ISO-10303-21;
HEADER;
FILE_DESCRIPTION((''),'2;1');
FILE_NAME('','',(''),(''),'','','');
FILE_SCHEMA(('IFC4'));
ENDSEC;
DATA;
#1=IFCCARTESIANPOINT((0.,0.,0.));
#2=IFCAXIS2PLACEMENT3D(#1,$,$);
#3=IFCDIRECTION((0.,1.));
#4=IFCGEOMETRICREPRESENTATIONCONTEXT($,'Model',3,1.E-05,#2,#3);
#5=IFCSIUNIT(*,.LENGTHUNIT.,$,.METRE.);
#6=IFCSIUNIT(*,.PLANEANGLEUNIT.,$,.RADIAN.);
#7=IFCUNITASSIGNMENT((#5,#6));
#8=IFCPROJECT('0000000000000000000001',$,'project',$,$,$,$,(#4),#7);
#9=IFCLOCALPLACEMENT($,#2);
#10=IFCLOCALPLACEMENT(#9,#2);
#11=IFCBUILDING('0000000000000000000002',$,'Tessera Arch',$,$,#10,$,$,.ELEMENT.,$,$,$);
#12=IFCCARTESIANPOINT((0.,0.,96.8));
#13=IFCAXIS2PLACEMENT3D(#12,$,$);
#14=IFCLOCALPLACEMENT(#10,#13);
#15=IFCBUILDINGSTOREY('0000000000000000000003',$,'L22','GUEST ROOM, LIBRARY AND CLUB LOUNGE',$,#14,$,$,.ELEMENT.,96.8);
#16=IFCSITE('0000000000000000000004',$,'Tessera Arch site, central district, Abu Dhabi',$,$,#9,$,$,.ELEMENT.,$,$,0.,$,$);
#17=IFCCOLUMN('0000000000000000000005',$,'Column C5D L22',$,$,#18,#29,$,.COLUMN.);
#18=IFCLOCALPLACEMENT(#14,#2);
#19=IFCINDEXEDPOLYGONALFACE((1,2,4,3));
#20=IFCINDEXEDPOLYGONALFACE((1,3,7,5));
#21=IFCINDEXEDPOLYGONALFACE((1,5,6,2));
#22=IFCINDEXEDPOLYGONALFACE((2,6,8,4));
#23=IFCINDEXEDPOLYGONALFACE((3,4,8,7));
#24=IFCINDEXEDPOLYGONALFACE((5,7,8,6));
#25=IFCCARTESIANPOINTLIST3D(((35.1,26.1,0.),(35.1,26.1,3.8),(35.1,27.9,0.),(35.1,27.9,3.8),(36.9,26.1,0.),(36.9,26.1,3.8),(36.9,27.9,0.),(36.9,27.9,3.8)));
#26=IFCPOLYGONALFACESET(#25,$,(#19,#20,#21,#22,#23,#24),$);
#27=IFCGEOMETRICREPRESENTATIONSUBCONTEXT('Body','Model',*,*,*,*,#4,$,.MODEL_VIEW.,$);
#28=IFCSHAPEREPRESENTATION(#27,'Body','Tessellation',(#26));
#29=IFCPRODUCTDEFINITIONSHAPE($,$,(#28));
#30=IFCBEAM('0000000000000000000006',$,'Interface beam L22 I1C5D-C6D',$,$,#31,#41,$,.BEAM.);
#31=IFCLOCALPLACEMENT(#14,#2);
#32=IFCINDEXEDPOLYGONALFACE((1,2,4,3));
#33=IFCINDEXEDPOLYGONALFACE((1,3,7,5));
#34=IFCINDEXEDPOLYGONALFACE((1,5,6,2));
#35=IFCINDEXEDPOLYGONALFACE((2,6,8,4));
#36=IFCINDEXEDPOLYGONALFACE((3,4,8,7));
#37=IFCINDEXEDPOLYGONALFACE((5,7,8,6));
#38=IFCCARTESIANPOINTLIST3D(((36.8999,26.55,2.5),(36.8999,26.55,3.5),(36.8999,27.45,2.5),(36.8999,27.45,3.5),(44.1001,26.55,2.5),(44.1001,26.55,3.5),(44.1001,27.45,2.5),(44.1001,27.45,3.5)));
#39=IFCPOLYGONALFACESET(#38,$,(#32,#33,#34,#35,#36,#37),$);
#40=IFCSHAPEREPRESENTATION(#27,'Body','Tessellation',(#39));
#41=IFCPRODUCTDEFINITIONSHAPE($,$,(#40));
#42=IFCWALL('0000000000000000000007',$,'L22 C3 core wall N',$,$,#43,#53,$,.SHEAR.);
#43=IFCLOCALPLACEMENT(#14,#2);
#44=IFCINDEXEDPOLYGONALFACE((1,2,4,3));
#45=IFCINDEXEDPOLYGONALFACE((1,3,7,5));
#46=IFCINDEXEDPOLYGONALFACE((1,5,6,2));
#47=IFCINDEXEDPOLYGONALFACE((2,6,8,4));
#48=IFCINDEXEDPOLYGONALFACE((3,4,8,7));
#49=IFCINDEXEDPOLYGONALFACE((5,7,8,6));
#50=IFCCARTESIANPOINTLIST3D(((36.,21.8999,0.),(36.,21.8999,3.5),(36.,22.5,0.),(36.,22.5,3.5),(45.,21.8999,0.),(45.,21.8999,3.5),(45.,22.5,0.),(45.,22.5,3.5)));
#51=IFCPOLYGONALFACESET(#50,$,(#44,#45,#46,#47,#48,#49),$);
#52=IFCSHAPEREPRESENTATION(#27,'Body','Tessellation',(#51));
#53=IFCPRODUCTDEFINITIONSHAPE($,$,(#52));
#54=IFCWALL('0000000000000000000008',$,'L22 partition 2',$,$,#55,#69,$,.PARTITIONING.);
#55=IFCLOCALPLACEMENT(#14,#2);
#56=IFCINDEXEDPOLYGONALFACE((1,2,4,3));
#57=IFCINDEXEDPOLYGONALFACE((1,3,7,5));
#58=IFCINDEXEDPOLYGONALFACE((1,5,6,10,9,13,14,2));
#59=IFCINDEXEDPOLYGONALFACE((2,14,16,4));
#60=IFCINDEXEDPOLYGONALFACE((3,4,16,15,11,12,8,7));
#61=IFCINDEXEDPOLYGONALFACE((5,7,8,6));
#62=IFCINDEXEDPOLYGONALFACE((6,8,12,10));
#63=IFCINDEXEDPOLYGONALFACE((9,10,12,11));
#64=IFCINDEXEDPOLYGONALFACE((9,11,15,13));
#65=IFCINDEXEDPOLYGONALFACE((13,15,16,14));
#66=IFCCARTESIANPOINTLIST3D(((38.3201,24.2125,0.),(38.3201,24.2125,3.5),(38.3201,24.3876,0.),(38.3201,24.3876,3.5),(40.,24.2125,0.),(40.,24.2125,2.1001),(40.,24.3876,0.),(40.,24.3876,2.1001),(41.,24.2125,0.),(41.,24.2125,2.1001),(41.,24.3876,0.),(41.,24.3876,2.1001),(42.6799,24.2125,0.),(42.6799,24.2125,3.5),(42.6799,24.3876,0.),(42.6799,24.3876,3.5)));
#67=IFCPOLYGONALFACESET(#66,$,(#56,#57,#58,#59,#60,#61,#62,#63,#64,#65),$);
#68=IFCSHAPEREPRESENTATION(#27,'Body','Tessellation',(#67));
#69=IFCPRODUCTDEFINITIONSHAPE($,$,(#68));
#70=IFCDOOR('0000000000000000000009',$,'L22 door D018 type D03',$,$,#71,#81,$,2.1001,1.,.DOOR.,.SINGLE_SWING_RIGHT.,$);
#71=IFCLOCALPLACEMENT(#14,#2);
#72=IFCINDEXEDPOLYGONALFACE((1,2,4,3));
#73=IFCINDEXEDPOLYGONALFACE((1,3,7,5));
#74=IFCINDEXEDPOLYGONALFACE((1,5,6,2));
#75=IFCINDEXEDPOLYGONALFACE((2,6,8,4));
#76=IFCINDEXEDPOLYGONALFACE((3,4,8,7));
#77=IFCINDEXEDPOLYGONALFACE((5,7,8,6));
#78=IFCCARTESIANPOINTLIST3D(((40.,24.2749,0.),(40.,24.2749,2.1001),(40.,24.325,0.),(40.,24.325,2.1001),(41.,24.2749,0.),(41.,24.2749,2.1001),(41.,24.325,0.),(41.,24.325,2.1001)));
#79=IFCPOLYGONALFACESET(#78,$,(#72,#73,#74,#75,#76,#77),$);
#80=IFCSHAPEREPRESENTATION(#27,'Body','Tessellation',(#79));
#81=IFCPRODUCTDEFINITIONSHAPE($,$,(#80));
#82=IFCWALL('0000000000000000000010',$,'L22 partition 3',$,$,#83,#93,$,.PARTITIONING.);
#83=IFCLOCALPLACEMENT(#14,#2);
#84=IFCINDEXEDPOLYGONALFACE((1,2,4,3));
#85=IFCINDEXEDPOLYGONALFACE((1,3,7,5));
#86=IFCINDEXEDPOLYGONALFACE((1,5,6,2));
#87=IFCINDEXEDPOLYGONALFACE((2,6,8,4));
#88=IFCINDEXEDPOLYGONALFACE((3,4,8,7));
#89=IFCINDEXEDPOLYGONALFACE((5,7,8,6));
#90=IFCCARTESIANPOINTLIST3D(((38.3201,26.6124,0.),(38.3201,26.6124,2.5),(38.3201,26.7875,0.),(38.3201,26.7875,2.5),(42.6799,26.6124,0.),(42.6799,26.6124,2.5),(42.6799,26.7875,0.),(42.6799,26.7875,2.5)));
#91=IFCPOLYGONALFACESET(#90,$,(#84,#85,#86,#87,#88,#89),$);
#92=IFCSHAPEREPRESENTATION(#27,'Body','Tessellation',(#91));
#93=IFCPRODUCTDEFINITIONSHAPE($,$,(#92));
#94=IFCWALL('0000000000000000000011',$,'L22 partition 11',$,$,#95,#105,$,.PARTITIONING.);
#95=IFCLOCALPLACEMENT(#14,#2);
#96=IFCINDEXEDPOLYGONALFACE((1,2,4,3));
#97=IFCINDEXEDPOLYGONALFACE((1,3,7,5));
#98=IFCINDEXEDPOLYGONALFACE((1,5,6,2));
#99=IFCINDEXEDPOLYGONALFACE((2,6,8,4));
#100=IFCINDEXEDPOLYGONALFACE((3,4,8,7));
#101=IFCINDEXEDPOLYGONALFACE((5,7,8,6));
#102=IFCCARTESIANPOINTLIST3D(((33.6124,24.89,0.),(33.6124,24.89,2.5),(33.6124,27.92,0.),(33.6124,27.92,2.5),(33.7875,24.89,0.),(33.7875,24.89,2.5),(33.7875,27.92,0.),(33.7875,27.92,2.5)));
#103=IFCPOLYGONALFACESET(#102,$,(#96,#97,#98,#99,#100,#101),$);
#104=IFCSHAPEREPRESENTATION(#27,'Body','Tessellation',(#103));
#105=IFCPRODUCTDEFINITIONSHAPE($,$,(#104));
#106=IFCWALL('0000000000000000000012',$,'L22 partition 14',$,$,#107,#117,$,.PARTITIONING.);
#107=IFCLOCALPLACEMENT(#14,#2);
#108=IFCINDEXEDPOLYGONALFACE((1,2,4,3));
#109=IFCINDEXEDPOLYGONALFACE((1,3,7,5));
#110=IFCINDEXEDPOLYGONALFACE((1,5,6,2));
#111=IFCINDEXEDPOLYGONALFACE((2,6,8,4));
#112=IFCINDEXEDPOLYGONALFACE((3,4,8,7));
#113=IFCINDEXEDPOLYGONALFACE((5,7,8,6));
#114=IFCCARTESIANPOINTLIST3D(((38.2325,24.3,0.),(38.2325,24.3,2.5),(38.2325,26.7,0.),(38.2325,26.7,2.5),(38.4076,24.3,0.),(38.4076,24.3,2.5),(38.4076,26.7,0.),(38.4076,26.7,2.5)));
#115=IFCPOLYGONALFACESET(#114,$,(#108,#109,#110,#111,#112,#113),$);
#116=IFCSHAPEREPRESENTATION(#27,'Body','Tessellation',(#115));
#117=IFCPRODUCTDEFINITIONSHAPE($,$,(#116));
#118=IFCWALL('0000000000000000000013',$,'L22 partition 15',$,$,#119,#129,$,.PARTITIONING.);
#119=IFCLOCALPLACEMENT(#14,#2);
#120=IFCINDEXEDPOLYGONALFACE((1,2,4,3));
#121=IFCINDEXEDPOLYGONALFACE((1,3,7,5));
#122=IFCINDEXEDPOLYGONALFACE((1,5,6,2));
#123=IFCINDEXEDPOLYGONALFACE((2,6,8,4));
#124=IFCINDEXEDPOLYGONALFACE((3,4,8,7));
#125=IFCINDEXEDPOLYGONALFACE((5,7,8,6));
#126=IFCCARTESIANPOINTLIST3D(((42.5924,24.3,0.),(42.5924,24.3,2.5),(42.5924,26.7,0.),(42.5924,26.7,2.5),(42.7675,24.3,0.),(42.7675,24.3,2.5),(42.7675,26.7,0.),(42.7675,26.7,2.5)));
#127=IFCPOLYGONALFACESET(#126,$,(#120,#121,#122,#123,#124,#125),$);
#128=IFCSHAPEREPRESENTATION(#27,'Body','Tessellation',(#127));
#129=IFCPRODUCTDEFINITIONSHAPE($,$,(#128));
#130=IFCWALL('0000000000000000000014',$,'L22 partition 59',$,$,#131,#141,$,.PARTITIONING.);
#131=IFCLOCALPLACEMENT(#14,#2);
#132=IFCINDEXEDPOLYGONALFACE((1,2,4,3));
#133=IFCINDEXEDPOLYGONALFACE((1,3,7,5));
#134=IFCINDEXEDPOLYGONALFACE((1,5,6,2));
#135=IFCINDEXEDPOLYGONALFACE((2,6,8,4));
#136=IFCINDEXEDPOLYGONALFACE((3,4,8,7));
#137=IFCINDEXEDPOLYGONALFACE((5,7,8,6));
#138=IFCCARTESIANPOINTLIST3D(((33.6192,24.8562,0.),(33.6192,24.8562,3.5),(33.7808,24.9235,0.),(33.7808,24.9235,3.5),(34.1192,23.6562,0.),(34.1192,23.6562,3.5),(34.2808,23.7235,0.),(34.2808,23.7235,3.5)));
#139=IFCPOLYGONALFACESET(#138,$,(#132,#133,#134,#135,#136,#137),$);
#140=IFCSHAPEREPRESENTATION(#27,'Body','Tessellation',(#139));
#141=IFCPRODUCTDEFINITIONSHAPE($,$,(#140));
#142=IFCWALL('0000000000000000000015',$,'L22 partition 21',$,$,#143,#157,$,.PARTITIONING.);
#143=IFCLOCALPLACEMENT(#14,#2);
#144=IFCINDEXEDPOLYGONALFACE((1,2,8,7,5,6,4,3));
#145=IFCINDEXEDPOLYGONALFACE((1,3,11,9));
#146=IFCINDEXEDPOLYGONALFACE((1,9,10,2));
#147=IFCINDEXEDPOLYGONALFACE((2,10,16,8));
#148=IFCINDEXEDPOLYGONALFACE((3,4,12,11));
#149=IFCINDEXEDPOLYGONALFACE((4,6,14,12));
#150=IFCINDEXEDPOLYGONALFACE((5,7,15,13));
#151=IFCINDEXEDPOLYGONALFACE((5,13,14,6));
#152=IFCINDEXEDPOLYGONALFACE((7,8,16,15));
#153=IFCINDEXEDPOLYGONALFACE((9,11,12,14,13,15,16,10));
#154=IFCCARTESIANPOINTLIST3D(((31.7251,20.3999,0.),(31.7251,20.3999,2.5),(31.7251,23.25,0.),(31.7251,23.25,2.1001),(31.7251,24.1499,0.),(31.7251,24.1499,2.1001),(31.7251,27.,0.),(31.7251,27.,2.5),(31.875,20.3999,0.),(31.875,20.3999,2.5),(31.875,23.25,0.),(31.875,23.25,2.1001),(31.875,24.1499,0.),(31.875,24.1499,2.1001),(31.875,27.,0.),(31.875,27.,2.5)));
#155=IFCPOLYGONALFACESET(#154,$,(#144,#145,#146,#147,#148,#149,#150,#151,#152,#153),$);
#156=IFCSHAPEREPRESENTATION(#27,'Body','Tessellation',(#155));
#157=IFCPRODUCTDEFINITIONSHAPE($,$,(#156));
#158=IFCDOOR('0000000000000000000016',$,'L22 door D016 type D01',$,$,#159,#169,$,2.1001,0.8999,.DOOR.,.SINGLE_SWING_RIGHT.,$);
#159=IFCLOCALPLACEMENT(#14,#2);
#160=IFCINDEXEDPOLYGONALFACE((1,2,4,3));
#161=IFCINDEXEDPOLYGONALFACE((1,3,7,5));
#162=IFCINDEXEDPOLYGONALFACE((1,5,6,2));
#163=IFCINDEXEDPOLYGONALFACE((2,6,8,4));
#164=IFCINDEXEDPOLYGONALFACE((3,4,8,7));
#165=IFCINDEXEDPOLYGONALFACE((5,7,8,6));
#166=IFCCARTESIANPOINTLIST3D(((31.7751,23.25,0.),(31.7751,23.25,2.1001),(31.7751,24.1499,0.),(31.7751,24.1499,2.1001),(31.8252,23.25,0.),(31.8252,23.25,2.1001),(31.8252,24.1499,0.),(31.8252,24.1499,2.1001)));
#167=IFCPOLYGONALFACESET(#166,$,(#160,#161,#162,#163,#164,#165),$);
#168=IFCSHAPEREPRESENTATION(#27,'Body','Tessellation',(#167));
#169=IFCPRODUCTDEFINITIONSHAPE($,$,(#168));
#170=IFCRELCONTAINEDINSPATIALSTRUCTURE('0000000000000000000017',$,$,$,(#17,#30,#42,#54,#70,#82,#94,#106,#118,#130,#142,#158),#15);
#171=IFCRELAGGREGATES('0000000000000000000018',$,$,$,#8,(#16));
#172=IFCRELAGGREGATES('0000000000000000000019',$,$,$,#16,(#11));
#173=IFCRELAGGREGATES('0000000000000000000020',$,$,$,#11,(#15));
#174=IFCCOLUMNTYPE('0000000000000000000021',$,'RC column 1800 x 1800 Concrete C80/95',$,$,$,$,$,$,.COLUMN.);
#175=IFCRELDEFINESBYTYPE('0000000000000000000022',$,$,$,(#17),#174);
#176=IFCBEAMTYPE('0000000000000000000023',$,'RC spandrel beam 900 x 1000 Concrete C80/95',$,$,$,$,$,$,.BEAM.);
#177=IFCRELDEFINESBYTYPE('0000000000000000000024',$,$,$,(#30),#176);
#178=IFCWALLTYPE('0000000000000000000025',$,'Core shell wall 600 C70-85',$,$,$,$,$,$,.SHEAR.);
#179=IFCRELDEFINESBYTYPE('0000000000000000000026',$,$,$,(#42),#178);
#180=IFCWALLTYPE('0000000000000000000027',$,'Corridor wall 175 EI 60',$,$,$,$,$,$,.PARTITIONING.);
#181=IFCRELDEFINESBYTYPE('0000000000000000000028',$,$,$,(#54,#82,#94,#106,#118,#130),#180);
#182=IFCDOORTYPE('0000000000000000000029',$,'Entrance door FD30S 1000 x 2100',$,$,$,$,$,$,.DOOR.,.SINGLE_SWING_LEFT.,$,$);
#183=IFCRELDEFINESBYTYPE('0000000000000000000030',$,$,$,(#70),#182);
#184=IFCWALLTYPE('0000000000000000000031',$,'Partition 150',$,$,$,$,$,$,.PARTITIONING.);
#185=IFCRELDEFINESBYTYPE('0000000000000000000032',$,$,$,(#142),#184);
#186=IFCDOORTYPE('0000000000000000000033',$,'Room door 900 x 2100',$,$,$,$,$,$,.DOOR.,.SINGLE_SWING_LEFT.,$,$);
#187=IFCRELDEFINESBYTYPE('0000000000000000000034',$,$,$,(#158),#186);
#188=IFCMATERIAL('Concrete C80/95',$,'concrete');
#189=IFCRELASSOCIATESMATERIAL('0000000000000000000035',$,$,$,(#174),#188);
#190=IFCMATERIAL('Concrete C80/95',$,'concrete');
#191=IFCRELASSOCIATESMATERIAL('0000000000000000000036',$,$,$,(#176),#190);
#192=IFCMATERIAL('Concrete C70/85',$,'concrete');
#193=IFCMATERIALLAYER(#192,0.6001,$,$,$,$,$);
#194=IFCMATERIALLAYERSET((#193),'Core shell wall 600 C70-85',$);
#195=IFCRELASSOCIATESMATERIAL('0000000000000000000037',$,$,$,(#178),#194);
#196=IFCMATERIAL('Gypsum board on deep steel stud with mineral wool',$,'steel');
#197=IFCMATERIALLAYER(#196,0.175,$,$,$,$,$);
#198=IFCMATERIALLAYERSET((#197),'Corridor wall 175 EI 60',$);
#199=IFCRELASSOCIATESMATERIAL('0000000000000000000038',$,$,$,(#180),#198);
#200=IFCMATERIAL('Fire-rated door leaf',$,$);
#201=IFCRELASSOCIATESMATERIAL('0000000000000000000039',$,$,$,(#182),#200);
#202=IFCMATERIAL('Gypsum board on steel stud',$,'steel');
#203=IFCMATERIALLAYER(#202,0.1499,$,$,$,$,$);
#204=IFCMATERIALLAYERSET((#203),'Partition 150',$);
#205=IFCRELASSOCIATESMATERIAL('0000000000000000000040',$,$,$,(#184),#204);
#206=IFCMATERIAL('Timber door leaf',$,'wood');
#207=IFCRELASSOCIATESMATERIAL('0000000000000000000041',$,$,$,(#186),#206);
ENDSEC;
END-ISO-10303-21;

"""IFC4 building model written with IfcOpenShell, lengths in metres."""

from ifc_helpers import new_model, si_unit, direction, frame, frame_2d, origin, origin_2d, place, context, subcontext, project, spatial, rectangle, extrude, material, layer, layer_set, material_profile, profile_set, type_object, element, fill, save


model = new_model("IFC4")

# Units and contexts
model_context = context("Model", 3, precision=1e-05, world=origin(), true_north=direction((0.0, 1.0)))
body_context = subcontext(model_context, "Body", "Model", "MODEL_VIEW")
ifc_project = project(units=[si_unit("LENGTHUNIT", "METRE"), si_unit("PLANEANGLEUNIT", "RADIAN")], contexts=[model_context])

# Site, building, storey
site_placement = place(None, origin())
site = spatial("IfcSite", under=ifc_project, at=site_placement, Name="Tessera Arch site, central district, Abu Dhabi", CompositionType="ELEMENT", RefElevation=0.0)
building_placement = place(site_placement, origin())
building = spatial("IfcBuilding", under=site, at=building_placement, Name="Tessera Arch", CompositionType="ELEMENT")
storey_placement = place(building_placement, frame((0.0, 0.0, 96.8)))
storey = spatial("IfcBuildingStorey", under=building, at=storey_placement, Name="L22", Description="GUEST ROOM, LIBRARY AND CLUB LOUNGE", CompositionType="ELEMENT", Elevation=96.8)

# Column
ifc_material_1 = material(Name="Concrete C80/95", Category="concrete")
ifc_material_profile_1 = material_profile(ifc_material_1, rectangle(XDim=1.8, YDim=1.8, at=origin_2d()), Name="RC column 1800 x 1800 Concrete C80/95")
ifc_profile_set_1 = profile_set([ifc_material_profile_1], Name="Concrete C80/95")
column_type = type_object("IfcColumnType", Name="RC column 1800 x 1800 Concrete C80/95", PredefinedType="COLUMN", material=ifc_profile_set_1)
column_placement = place(storey_placement, frame((36.0, 27.0, 0.0), z_axis=(0.0, 0.0, 1.0), x_axis=(1.0, 0.0, 0.0)))
element("IfcColumn", 1, at=column_placement, inside=storey, type_object=column_type, Name="Column C5D L22", PredefinedType="COLUMN", context=body_context, shape_type="SweptSolid", body=[
    extrude(rectangle(XDim=1.8, YDim=1.8, at=origin_2d()), origin(), (0.0, 0.0, 1.0), 3.8),
])

# Beam
ifc_material_2 = material(Name="Concrete C80/95", Category="concrete")
ifc_material_profile_2 = material_profile(ifc_material_2, rectangle(XDim=0.8999, YDim=1.0, at=origin_2d()), Name="RC spandrel beam 900 x 1000 Concrete C80/95")
ifc_profile_set_2 = profile_set([ifc_material_profile_2], Name="Concrete C80/95")
beam_type = type_object("IfcBeamType", Name="RC spandrel beam 900 x 1000 Concrete C80/95", PredefinedType="BEAM", material=ifc_profile_set_2)
beam_placement = place(storey_placement, frame((36.8999, 27.0, 3.0), z_axis=(1.0, 0.0, 0.0), x_axis=(0.0, 1.0, 0.0)))
element("IfcBeam", 2, at=beam_placement, inside=storey, type_object=beam_type, Name="Interface beam L22 I1C5D-C6D", PredefinedType="BEAM", context=body_context, shape_type="SweptSolid", body=[
    extrude(rectangle(XDim=0.8999, YDim=1.0, at=origin_2d()), origin(), (0.0, 0.0, 1.0), 7.2002),
])

# Wall
ifc_material_3 = material(Name="Concrete C70/85", Category="concrete")
ifc_layer_1 = layer(ifc_material_3, 0.6001)
ifc_layer_set_1 = layer_set([ifc_layer_1], Name="Core shell wall 600 C70-85")
wall_type_1 = type_object("IfcWallType", Name="Core shell wall 600 C70-85", PredefinedType="SHEAR", material=ifc_layer_set_1)
wall_1_placement = place(storey_placement, frame((36.0, 22.2, 0.0), z_axis=(0.0, 0.0, 1.0), x_axis=(1.0, 0.0, 0.0)))
element("IfcWall", 3, at=wall_1_placement, inside=storey, type_object=wall_type_1, Name="L22 C3 core wall N", PredefinedType="SHEAR", context=body_context, shape_type="SweptSolid", body=[
    extrude(rectangle(XDim=9.0, YDim=0.6001, at=frame_2d((4.5, 0.0))), origin(), (0.0, 0.0, 1.0), 3.5),
])

# Wall, opening, door
ifc_material_4 = material(Name="Gypsum board on deep steel stud with mineral wool", Category="steel")
ifc_layer_2 = layer(ifc_material_4, 0.175)
ifc_layer_set_2 = layer_set([ifc_layer_2], Name="Corridor wall 175 EI 60")
wall_type_2 = type_object("IfcWallType", Name="Corridor wall 175 EI 60", PredefinedType="PARTITIONING", material=ifc_layer_set_2)
wall_2_placement = place(storey_placement, frame((38.3201, 24.3, 0.0), z_axis=(0.0, 0.0, 1.0), x_axis=(1.0, 0.0, 0.0)))
wall_2 = element("IfcWall", 4, at=wall_2_placement, inside=storey, type_object=wall_type_2, Name="L22 partition 2", PredefinedType="PARTITIONING", context=body_context, shape_type="SweptSolid", body=[
    extrude(rectangle(XDim=4.3599, YDim=0.175, at=frame_2d((2.1799, 0.0))), origin(), (0.0, 0.0, 1.0), 3.5),
])
opening_1_placement = place(wall_2_placement, frame((1.6799, 0.0, 0.0)))
opening_1 = element("IfcOpeningElement", 5, at=opening_1_placement, cuts=wall_2, PredefinedType="OPENING", context=body_context, shape_type="SweptSolid", body=[
    extrude(rectangle(XDim=1.0, YDim=2.1001, at=frame_2d((0.5, 1.05))), frame((0.0, 0.0974, 0.0), z_axis=(0.0, -1.0, 0.0), x_axis=(1.0, 0.0, 0.0)), (0.0, 0.0, 1.0), 0.1951),
])
ifc_material_5 = material(Name="Fire-rated door leaf")
door_type_1 = type_object("IfcDoorType", Name="Entrance door FD30S 1000 x 2100", OperationType="SINGLE_SWING_LEFT", PredefinedType="DOOR", material=ifc_material_5)
door_1_placement = place(opening_1_placement, origin())
door_1 = element("IfcDoor", 6, at=door_1_placement, inside=storey, type_object=door_type_1, Name="L22 door D018 type D03", OperationType="SINGLE_SWING_RIGHT", OverallHeight=2.1001, OverallWidth=1.0, PredefinedType="DOOR", context=body_context, shape_type="SweptSolid", body=[
    extrude(rectangle(XDim=1.0, YDim=2.1001, at=frame_2d((0.5, 1.05))), frame((0.0, 0.0249, 0.0), z_axis=(0.0, -1.0, 0.0), x_axis=(1.0, 0.0, 0.0)), (0.0, 0.0, 1.0), 0.05),
])
fill(opening_1, door_1)

# Walls
wall_3_placement = place(storey_placement, frame((38.3201, 26.7, 0.0), z_axis=(0.0, 0.0, 1.0), x_axis=(1.0, 0.0, 0.0)))
element("IfcWall", 7, at=wall_3_placement, inside=storey, type_object=wall_type_2, Name="L22 partition 3", PredefinedType="PARTITIONING", context=body_context, shape_type="SweptSolid", body=[
    extrude(rectangle(XDim=4.3599, YDim=0.175, at=frame_2d((2.1799, 0.0))), origin(), (0.0, 0.0, 1.0), 2.5),
])
wall_4_placement = place(storey_placement, frame((33.7, 24.8899, 0.0), z_axis=(0.0, 0.0, 1.0), x_axis=(0.0, 1.0, 0.0)))
element("IfcWall", 8, at=wall_4_placement, inside=storey, type_object=wall_type_2, Name="L22 partition 11", PredefinedType="PARTITIONING", context=body_context, shape_type="SweptSolid", body=[
    extrude(rectangle(XDim=3.03, YDim=0.175, at=frame_2d((1.5151, 0.0))), origin(), (0.0, 0.0, 1.0), 2.5),
])
for number, where, z_axis, x_axis, name in (
    (9, (38.3201, 24.3, 0.0), (0.0, 0.0, 1.0), (0.0, 1.0, 0.0), "L22 partition 14"),
    (10, (42.6799, 24.3, 0.0), (0.0, 0.0, 1.0), (0.0, 1.0, 0.0), "L22 partition 15"),
):
    element("IfcWall", number, at=place(storey_placement, frame(where, z_axis=z_axis, x_axis=x_axis)), inside=storey, type_object=wall_type_2, Name=name, PredefinedType="PARTITIONING", context=body_context, shape_type="SweptSolid", body=[
        extrude(rectangle(XDim=2.3999, YDim=0.175, at=frame_2d((1.2, 0.0))), origin(), (0.0, 0.0, 1.0), 2.5),
    ])
wall_5_placement = place(storey_placement, frame((34.2, 23.6899, 0.0), z_axis=(0.0, 0.0, 1.0), x_axis=(-0.384629, 0.923071, 0.0)))
element("IfcWall", 11, at=wall_5_placement, inside=storey, type_object=wall_type_2, Name="L22 partition 59", PredefinedType="PARTITIONING", context=body_context, shape_type="SweptSolid", body=[
    extrude(rectangle(XDim=1.3, YDim=0.175, at=frame_2d((0.6499, 0.0))), origin(), (0.0, 0.0, 1.0), 3.5),
])

# Wall, opening, door
ifc_material_6 = material(Name="Gypsum board on steel stud", Category="steel")
ifc_layer_3 = layer(ifc_material_6, 0.1499)
ifc_layer_set_3 = layer_set([ifc_layer_3], Name="Partition 150")
wall_type_3 = type_object("IfcWallType", Name="Partition 150", PredefinedType="PARTITIONING", material=ifc_layer_set_3)
wall_6_placement = place(storey_placement, frame((31.8, 20.3999, 0.0), z_axis=(0.0, 0.0, 1.0), x_axis=(0.0, 1.0, 0.0)))
wall_6 = element("IfcWall", 12, at=wall_6_placement, inside=storey, type_object=wall_type_3, Name="L22 partition 21", PredefinedType="PARTITIONING", context=body_context, shape_type="SweptSolid", body=[
    extrude(rectangle(XDim=6.6001, YDim=0.1499, at=frame_2d((3.3, 0.0))), origin(), (0.0, 0.0, 1.0), 2.5),
])
opening_2_placement = place(wall_6_placement, frame((2.8501, 0.0, 0.0)))
opening_2 = element("IfcOpeningElement", 13, at=opening_2_placement, cuts=wall_6, PredefinedType="OPENING", context=body_context, shape_type="SweptSolid", body=[
    extrude(rectangle(XDim=0.8999, YDim=2.1001, at=frame_2d((0.45, 1.05))), frame((0.0, 0.085, 0.0), z_axis=(0.0, -1.0, 0.0), x_axis=(1.0, 0.0, 0.0)), (0.0, 0.0, 1.0), 0.1699),
])
ifc_material_7 = material(Name="Timber door leaf", Category="wood")
door_type_2 = type_object("IfcDoorType", Name="Room door 900 x 2100", OperationType="SINGLE_SWING_LEFT", PredefinedType="DOOR", material=ifc_material_7)
door_2_placement = place(opening_2_placement, origin())
door_2 = element("IfcDoor", 14, at=door_2_placement, inside=storey, type_object=door_type_2, Name="L22 door D016 type D01", OperationType="SINGLE_SWING_RIGHT", OverallHeight=2.1001, OverallWidth=0.8999, PredefinedType="DOOR", context=body_context, shape_type="SweptSolid", body=[
    extrude(rectangle(XDim=0.8999, YDim=2.1001, at=frame_2d((0.45, 1.05))), frame((0.0, 0.0249, 0.0), z_axis=(0.0, -1.0, 0.0), x_axis=(1.0, 0.0, 0.0)), (0.0, 0.0, 1.0), 0.05),
])
fill(opening_2, door_2)

save(model, "model.ifc")
